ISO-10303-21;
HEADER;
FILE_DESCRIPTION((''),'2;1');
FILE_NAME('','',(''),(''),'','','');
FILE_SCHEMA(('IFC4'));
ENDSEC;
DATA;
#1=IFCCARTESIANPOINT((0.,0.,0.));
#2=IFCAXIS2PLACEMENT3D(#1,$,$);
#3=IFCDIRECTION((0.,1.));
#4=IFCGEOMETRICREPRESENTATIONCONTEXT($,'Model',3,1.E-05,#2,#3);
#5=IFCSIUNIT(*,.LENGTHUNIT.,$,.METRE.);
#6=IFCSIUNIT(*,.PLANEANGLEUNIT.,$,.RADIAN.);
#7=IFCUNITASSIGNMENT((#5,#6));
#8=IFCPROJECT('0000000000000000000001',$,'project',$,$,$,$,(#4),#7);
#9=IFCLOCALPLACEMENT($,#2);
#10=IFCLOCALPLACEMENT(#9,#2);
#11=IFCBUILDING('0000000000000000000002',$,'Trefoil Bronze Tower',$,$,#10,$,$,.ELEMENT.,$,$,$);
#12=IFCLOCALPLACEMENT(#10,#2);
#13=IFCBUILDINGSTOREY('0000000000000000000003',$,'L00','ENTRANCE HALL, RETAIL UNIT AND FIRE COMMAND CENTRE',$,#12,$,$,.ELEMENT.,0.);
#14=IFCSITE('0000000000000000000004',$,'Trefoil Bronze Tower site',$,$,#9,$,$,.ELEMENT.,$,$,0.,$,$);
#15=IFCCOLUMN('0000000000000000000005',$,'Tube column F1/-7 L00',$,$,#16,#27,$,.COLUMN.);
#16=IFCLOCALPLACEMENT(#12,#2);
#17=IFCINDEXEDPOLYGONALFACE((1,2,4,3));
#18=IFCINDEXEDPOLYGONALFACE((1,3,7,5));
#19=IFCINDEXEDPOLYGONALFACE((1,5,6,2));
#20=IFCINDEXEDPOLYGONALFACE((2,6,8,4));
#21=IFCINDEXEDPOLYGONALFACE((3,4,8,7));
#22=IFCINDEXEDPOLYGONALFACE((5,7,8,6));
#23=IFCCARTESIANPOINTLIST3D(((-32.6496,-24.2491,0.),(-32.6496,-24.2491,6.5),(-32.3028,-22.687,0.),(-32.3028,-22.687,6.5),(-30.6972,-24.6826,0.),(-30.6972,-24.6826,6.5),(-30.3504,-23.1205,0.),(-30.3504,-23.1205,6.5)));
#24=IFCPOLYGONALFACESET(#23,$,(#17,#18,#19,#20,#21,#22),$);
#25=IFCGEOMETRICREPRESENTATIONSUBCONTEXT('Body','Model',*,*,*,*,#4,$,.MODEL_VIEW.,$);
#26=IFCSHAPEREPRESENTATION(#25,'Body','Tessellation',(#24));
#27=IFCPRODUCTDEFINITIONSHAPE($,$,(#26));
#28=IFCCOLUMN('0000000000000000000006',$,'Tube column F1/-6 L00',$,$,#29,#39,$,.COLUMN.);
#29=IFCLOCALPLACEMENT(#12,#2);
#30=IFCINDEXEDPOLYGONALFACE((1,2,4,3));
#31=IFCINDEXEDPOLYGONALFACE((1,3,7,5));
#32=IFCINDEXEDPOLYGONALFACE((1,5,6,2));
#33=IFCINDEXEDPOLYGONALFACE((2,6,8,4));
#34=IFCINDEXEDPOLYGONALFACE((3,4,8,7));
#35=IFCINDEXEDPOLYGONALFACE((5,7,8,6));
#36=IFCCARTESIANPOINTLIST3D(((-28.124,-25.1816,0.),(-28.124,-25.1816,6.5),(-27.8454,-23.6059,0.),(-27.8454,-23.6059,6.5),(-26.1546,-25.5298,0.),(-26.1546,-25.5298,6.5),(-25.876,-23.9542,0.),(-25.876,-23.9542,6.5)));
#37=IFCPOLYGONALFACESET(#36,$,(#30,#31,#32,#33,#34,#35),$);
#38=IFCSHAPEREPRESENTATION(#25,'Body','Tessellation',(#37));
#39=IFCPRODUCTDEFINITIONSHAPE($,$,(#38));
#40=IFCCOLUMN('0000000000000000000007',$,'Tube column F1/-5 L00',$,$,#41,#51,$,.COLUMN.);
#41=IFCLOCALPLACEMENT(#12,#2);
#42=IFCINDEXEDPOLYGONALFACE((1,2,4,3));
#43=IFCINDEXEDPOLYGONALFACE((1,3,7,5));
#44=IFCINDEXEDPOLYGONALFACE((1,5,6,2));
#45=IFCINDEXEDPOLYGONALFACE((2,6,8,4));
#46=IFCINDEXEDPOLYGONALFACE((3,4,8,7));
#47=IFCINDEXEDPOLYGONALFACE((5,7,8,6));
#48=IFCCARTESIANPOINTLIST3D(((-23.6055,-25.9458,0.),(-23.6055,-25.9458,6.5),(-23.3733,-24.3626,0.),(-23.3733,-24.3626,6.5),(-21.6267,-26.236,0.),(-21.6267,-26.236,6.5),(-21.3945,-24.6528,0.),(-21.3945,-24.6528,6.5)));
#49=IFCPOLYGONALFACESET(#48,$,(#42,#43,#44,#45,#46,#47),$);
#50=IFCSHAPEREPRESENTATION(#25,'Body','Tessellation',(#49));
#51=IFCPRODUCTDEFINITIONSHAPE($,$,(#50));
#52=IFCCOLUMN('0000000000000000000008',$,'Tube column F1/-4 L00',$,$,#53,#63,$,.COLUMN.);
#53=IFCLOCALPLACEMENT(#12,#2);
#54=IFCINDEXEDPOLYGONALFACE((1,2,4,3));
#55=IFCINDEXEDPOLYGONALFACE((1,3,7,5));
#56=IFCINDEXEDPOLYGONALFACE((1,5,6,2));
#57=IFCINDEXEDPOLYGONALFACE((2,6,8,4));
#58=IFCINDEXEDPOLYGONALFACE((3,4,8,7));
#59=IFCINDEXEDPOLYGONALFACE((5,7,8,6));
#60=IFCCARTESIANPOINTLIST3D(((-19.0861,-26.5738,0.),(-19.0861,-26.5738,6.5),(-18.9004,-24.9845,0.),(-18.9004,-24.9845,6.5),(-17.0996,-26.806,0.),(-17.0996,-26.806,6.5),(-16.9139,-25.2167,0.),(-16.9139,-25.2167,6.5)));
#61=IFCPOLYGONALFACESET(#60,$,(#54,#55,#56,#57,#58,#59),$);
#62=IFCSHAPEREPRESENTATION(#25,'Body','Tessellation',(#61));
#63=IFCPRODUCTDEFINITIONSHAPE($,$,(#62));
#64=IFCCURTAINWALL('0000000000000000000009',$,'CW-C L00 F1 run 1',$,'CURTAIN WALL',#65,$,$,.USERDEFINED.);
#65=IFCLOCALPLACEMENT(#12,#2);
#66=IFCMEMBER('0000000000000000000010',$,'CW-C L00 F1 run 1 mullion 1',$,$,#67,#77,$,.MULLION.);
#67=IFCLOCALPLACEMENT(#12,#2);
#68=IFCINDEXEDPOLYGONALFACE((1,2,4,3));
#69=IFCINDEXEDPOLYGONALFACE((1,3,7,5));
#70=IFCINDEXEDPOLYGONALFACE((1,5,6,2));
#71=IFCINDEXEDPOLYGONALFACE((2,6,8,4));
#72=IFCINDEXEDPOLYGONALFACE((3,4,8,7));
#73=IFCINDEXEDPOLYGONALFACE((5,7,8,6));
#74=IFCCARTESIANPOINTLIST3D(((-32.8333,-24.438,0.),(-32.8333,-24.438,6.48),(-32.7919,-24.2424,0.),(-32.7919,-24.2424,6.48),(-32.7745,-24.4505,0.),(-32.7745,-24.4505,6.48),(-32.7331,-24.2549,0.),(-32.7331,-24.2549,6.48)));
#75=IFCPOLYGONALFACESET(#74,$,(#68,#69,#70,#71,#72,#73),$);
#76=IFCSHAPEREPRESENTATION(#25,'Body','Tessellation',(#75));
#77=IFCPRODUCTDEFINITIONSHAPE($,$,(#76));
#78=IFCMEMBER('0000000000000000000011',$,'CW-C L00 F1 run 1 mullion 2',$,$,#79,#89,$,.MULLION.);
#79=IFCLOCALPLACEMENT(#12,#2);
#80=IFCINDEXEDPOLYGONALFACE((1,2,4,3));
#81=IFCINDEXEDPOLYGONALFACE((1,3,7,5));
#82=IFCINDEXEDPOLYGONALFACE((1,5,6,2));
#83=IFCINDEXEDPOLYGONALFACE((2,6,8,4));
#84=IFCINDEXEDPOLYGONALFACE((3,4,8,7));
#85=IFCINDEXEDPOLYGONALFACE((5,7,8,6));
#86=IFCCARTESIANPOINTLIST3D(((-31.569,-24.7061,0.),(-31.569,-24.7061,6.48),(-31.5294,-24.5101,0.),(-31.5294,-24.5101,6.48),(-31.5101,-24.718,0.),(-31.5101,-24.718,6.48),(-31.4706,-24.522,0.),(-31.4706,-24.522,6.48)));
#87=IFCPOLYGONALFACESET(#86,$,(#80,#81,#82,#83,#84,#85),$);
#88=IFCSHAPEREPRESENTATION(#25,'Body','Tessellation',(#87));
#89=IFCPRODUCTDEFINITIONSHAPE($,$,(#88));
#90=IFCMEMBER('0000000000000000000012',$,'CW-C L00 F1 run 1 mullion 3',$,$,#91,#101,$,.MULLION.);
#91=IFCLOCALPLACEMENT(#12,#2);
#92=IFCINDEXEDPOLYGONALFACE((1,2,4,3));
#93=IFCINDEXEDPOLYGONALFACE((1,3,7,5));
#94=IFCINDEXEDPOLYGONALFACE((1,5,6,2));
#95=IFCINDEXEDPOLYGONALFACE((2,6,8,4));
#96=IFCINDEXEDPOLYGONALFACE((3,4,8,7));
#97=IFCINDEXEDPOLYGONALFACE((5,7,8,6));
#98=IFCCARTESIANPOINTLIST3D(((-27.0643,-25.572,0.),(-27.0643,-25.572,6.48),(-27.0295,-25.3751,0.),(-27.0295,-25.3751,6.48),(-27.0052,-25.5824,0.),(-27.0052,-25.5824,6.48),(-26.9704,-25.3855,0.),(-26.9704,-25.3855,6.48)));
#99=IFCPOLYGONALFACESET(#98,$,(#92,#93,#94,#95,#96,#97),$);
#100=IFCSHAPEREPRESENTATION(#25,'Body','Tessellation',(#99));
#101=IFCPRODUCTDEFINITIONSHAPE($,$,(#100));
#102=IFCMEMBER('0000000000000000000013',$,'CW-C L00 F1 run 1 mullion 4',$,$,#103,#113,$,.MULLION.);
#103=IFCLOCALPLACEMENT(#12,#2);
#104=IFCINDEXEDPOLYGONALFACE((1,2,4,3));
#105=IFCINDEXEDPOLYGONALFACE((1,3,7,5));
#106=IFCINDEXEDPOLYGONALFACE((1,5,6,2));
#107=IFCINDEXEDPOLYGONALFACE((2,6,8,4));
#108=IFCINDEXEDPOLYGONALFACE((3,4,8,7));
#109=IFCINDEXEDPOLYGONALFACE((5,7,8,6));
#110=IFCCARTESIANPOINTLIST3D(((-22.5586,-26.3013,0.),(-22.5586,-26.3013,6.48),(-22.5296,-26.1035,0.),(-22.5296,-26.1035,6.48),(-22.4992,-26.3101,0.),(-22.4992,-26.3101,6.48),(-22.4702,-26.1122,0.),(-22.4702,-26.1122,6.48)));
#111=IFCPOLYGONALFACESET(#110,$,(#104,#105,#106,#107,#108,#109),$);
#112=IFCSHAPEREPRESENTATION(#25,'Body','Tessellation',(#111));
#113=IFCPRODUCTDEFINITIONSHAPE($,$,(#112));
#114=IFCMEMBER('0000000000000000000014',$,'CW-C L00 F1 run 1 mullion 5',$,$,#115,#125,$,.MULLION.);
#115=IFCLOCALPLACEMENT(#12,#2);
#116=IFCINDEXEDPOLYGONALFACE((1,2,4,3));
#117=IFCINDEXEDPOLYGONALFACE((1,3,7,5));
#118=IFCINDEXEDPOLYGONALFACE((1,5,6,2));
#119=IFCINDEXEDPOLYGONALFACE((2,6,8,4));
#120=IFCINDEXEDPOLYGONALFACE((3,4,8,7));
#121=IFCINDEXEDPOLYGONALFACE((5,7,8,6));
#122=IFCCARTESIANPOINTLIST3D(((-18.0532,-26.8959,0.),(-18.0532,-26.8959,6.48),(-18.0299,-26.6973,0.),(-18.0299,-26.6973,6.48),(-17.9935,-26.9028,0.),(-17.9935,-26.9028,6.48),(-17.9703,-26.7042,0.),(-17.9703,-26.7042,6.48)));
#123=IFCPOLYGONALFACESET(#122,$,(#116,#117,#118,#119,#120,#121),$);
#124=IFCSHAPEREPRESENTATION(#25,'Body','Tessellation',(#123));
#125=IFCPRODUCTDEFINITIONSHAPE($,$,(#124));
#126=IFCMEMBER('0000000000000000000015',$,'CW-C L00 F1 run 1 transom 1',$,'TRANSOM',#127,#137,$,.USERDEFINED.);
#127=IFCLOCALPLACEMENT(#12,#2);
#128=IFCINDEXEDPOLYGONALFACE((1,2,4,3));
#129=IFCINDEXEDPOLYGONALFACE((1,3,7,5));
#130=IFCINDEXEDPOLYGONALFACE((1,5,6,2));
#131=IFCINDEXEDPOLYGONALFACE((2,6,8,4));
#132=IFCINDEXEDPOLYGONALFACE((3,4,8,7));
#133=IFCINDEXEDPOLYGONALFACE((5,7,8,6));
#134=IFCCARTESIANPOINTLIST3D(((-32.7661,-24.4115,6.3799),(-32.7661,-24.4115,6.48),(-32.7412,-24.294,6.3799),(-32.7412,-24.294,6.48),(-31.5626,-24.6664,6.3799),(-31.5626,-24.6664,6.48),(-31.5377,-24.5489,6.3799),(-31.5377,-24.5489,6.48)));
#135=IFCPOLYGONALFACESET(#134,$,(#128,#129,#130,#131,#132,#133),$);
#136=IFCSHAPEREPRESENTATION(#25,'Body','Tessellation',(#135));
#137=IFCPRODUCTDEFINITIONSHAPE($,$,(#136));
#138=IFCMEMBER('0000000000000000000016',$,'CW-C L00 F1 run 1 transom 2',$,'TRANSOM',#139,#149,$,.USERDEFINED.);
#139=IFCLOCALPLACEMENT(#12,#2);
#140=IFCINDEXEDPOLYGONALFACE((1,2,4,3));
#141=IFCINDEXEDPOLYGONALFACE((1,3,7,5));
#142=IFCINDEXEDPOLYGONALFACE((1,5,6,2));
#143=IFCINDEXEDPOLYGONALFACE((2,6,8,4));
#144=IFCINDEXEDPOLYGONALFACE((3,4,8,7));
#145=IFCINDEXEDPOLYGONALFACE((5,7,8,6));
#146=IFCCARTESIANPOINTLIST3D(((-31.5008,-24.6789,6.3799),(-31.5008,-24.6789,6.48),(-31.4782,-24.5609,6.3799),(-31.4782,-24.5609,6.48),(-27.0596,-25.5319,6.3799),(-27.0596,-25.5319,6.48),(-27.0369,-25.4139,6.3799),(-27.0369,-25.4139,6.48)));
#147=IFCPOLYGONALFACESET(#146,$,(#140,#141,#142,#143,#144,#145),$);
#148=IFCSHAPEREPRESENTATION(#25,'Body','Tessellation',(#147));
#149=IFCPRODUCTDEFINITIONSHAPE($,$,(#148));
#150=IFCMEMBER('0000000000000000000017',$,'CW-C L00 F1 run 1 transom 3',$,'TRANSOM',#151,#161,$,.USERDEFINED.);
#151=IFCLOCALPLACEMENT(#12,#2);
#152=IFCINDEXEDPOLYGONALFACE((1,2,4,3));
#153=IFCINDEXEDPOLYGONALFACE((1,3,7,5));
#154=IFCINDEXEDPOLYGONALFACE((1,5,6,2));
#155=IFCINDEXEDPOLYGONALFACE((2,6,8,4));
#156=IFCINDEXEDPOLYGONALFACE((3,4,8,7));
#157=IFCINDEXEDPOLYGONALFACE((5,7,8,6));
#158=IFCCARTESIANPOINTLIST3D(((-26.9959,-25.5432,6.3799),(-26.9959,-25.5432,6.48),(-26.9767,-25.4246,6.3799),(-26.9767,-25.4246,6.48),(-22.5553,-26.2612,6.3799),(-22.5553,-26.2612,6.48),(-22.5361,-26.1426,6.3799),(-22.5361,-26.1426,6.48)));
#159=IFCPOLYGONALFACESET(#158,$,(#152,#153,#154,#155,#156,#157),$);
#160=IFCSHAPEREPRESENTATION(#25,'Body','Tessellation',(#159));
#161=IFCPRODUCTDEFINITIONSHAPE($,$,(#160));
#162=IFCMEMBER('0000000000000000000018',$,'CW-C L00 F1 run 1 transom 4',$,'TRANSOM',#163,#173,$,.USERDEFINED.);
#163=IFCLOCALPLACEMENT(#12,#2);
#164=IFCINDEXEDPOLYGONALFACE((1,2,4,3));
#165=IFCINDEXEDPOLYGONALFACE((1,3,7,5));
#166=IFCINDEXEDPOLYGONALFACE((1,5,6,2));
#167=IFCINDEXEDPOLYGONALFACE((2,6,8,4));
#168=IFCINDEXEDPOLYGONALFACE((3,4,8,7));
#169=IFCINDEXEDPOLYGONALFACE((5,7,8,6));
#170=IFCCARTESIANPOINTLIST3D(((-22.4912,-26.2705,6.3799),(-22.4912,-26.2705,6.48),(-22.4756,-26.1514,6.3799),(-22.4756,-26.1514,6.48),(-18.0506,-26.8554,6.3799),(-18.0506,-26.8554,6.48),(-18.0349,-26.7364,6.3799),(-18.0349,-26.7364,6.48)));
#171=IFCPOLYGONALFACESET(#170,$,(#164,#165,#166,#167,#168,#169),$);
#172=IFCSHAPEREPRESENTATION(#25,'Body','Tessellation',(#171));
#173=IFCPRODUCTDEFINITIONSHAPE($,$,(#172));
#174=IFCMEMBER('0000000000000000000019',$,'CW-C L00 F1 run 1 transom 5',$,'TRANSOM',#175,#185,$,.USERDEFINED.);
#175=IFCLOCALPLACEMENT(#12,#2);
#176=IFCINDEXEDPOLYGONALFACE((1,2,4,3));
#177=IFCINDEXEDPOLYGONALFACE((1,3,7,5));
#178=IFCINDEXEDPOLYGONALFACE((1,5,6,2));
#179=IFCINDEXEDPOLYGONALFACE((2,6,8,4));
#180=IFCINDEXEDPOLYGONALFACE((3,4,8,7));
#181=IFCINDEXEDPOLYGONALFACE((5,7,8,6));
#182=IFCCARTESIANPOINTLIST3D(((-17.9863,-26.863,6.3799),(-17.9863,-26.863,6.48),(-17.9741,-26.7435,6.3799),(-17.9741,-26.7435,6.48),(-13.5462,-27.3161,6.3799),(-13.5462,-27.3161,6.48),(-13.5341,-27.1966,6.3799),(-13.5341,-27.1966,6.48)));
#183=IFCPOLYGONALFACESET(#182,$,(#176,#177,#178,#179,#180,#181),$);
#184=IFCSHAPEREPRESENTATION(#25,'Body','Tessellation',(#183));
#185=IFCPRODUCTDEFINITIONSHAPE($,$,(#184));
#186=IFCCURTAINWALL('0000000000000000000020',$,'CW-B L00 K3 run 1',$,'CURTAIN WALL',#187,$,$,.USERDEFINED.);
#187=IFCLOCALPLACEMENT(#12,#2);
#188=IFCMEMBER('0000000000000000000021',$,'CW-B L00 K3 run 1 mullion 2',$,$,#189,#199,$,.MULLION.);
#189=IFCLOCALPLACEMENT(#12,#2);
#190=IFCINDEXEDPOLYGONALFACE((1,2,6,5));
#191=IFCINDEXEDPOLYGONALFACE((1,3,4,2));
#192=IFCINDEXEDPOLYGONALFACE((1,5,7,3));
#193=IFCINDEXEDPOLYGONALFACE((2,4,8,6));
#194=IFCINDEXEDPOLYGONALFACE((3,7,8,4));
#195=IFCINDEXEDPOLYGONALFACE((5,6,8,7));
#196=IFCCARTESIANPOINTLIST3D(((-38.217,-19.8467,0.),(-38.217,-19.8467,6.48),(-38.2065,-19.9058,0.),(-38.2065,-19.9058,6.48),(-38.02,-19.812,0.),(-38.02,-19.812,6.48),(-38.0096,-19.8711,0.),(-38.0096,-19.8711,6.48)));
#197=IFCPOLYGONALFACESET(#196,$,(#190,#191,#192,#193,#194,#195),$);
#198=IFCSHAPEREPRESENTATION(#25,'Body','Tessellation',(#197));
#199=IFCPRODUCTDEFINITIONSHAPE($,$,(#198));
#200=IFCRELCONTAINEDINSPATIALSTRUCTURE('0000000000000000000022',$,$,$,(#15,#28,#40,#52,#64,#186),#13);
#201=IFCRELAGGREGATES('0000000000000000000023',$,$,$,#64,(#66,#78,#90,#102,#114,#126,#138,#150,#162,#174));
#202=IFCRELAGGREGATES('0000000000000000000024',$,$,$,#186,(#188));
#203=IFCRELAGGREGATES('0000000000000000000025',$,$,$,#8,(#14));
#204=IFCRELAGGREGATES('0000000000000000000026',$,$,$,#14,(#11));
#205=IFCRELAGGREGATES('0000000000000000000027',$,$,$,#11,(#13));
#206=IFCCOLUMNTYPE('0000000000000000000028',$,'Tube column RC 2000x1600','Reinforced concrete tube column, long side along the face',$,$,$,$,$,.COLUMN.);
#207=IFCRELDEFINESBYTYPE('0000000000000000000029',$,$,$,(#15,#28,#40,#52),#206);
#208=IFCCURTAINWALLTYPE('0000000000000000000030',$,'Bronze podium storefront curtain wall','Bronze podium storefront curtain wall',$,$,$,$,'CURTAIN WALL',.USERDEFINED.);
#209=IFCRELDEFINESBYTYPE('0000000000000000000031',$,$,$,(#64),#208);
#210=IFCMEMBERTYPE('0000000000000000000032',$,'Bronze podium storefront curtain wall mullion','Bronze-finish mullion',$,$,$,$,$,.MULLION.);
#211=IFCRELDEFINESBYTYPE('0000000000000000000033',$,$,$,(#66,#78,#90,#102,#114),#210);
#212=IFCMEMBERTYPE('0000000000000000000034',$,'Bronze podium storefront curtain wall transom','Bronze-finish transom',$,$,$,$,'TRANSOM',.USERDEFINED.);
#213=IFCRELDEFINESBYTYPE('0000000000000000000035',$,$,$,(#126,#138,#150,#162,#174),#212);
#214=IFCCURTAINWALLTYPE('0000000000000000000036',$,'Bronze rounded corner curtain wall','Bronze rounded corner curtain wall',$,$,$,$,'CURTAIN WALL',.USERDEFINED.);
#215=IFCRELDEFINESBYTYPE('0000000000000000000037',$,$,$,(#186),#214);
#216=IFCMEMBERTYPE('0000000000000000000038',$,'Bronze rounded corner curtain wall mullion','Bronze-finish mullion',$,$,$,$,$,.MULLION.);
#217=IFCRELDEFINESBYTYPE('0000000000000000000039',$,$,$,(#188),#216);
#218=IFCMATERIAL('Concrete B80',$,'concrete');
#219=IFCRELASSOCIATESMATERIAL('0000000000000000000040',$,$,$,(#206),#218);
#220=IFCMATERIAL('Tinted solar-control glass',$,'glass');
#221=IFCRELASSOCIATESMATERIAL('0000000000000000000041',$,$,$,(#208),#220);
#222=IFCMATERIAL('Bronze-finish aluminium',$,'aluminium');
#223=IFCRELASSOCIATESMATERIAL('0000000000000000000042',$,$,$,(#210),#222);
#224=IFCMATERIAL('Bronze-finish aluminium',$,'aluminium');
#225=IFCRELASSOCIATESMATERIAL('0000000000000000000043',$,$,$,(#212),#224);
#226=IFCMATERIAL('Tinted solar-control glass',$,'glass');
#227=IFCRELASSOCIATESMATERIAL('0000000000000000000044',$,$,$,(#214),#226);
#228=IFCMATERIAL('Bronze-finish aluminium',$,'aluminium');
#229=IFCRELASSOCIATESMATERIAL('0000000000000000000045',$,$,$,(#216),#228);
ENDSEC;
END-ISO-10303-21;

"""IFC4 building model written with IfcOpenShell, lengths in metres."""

from ifc_helpers import new_model, si_unit, direction, frame, origin, origin_2d, place, context, subcontext, project, spatial, rectangle, extrude, material, material_profile, profile_set, type_object, element, aggregate, save


model = new_model("IFC4")

# Units and contexts
model_context = context("Model", 3, precision=1e-05, world=origin(), true_north=direction((0.0, 1.0)))
body_context = subcontext(model_context, "Body", "Model", "MODEL_VIEW")
ifc_project = project(units=[si_unit("LENGTHUNIT", "METRE"), si_unit("PLANEANGLEUNIT", "RADIAN")], contexts=[model_context])

# Site, building, storey
site_placement = place(None, origin())
site = spatial("IfcSite", under=ifc_project, at=site_placement, Name="Trefoil Bronze Tower site", CompositionType="ELEMENT", RefElevation=0.0)
building_placement = place(site_placement, origin())
building = spatial("IfcBuilding", under=site, at=building_placement, Name="Trefoil Bronze Tower", CompositionType="ELEMENT")
storey_placement = place(building_placement, origin())
storey = spatial("IfcBuildingStorey", under=building, at=storey_placement, Name="L00", Description="ENTRANCE HALL, RETAIL UNIT AND FIRE COMMAND CENTRE", CompositionType="ELEMENT", Elevation=0.0)

# Columns
ifc_material_1 = material(Name="Concrete B80", Category="concrete")
ifc_material_profile_1 = material_profile(ifc_material_1, rectangle(XDim=2.0, YDim=1.6001, at=origin_2d()), Name="RC 2000x1600")
ifc_profile_set_1 = profile_set([ifc_material_profile_1], Name="Concrete B80")
column_type = type_object("IfcColumnType", Name="Tube column RC 2000x1600", Description="Reinforced concrete tube column, long side along the face", PredefinedType="COLUMN", material=ifc_profile_set_1)
for number, where, z_axis, x_axis, name in (
    (1, (-31.5, -23.6848, 0.0), (0.0, 0.0, 1.0), (0.97623, -0.216739, 0.0), "Tube column F1/-7 L00"),
    (2, (-27.0, -24.5679, 0.0), (0.0, 0.0, 1.0), (0.984722, -0.174131, 0.0), "Tube column F1/-6 L00"),
    (3, (-22.5, -25.2993, 0.0), (0.0, 0.0, 1.0), (0.989416, -0.145109, 0.0), "Tube column F1/-5 L00"),
    (4, (-18.0, -25.8953, 0.0), (0.0, 0.0, 1.0), (0.993239, -0.116087, 0.0), "Tube column F1/-4 L00"),
):
    element("IfcColumn", number, at=place(storey_placement, frame(where, z_axis=z_axis, x_axis=x_axis)), inside=storey, type_object=column_type, Name=name, PredefinedType="COLUMN", context=body_context, shape_type="SweptSolid", body=[
        extrude(rectangle(XDim=2.0, YDim=1.6001, at=origin_2d()), origin(), (0.0, 0.0, 1.0), 6.5),
    ])

# Curtain walls, members
ifc_material_2 = material(Name="Tinted solar-control glass", Category="glass")
curtain_wall_type_1 = type_object("IfcCurtainWallType", Name="Bronze podium storefront curtain wall", Description="Bronze podium storefront curtain wall", ElementType="CURTAIN WALL", PredefinedType="USERDEFINED", material=ifc_material_2)
curtain_wall_1_placement = place(storey_placement, origin())
curtain_wall_1 = element("IfcCurtainWall", 5, at=curtain_wall_1_placement, inside=storey, type_object=curtain_wall_type_1, Name="CW-C L00 F1 run 1", ObjectType="CURTAIN WALL", PredefinedType="USERDEFINED")
ifc_material_3 = material(Name="Bronze-finish aluminium", Category="aluminium")
ifc_material_profile_2 = material_profile(ifc_material_3, rectangle(XDim=0.2, YDim=0.0601, at=origin_2d()), Name="CW-C mullion")
ifc_profile_set_2 = profile_set([ifc_material_profile_2], Name="Bronze-finish aluminium")
member_type_1 = type_object("IfcMemberType", Name="Bronze podium storefront curtain wall mullion", Description="Bronze-finish mullion", PredefinedType="MULLION", material=ifc_profile_set_2)
member_1_placement = place(storey_placement, frame((-32.7832, -24.3464, 0.0), z_axis=(0.0, 0.0, 1.0), x_axis=(0.207181, 0.978303, 0.0)))
member_1 = element("IfcMember", 6, at=member_1_placement, type_object=member_type_1, Name="CW-C L00 F1 run 1 mullion 1", PredefinedType="MULLION", context=body_context, shape_type="SweptSolid", body=[
    extrude(rectangle(XDim=0.2, YDim=0.0601, at=origin_2d()), origin(), (0.0, 0.0, 1.0), 6.48),
])
member_2_placement = place(storey_placement, frame((-31.5198, -24.614, 0.0), z_axis=(0.0, 0.0, 1.0), x_axis=(0.19791, 0.98022, 0.0)))
member_2 = element("IfcMember", 7, at=member_2_placement, type_object=member_type_1, Name="CW-C L00 F1 run 1 mullion 2", PredefinedType="MULLION", context=body_context, shape_type="SweptSolid", body=[
    extrude(rectangle(XDim=0.2, YDim=0.0601, at=origin_2d()), origin(), (0.0, 0.0, 1.0), 6.48),
])
member_3_placement = place(storey_placement, frame((-27.0173, -25.4788, 0.0), z_axis=(0.0, 0.0, 1.0), x_axis=(0.174131, 0.984722, 0.0)))
member_3 = element("IfcMember", 8, at=member_3_placement, type_object=member_type_1, Name="CW-C L00 F1 run 1 mullion 3", PredefinedType="MULLION", context=body_context, shape_type="SweptSolid", body=[
    extrude(rectangle(XDim=0.2, YDim=0.0601, at=origin_2d()), origin(), (0.0, 0.0, 1.0), 6.48),
])
member_4_placement = place(storey_placement, frame((-22.5144, -26.2068, 0.0), z_axis=(0.0, 0.0, 1.0), x_axis=(0.145109, 0.989416, 0.0)))
member_4 = element("IfcMember", 9, at=member_4_placement, type_object=member_type_1, Name="CW-C L00 F1 run 1 mullion 4", PredefinedType="MULLION", context=body_context, shape_type="SweptSolid", body=[
    extrude(rectangle(XDim=0.2, YDim=0.0601, at=origin_2d()), origin(), (0.0, 0.0, 1.0), 6.48),
])
member_5_placement = place(storey_placement, frame((-18.0117, -26.8, 0.0), z_axis=(0.0, 0.0, 1.0), x_axis=(0.116087, 0.993239, 0.0)))
member_5 = element("IfcMember", 10, at=member_5_placement, type_object=member_type_1, Name="CW-C L00 F1 run 1 mullion 5", PredefinedType="MULLION", context=body_context, shape_type="SweptSolid", body=[
    extrude(rectangle(XDim=0.2, YDim=0.0601, at=origin_2d()), origin(), (0.0, 0.0, 1.0), 6.48),
])
ifc_material_4 = material(Name="Bronze-finish aluminium", Category="aluminium")
ifc_material_profile_3 = material_profile(ifc_material_4, rectangle(XDim=0.1201, YDim=0.1001, at=origin_2d()), Name="CW-C transom")
ifc_profile_set_3 = profile_set([ifc_material_profile_3], Name="Bronze-finish aluminium")
member_type_2 = type_object("IfcMemberType", Name="Bronze podium storefront curtain wall transom", Description="Bronze-finish transom", ElementType="TRANSOM", PredefinedType="USERDEFINED", material=ifc_profile_set_3)
member_6_placement = place(storey_placement, frame((-32.7537, -24.3528, 6.4299), z_axis=(0.978305, -0.20717, 0.0), x_axis=(0.20717, 0.978305, 0.0)))
member_6 = element("IfcMember", 11, at=member_6_placement, type_object=member_type_2, Name="CW-C L00 F1 run 1 transom 1", ObjectType="TRANSOM", PredefinedType="USERDEFINED", context=body_context, shape_type="SweptSolid", body=[
    extrude(rectangle(XDim=0.1201, YDim=0.1001, at=origin_2d()), origin(), (0.0, 0.0, 1.0), 1.2302),
])
member_7_placement = place(storey_placement, frame((-31.4895, -24.6199, 6.4299), z_axis=(0.982049, -0.188625, 0.0), x_axis=(0.188625, 0.982049, 0.0)))
member_7 = element("IfcMember", 12, at=member_7_placement, type_object=member_type_2, Name="CW-C L00 F1 run 1 transom 2", ObjectType="TRANSOM", PredefinedType="USERDEFINED", context=body_context, shape_type="SweptSolid", body=[
    extrude(rectangle(XDim=0.1201, YDim=0.1001, at=origin_2d()), origin(), (0.0, 0.0, 1.0), 4.5225),
])
member_8_placement = place(storey_placement, frame((-26.9863, -25.4839, 6.4299), z_axis=(0.987179, -0.159618, 0.0), x_axis=(0.159618, 0.987179, 0.0)))
member_8 = element("IfcMember", 13, at=member_8_placement, type_object=member_type_2, Name="CW-C L00 F1 run 1 transom 3", ObjectType="TRANSOM", PredefinedType="USERDEFINED", context=body_context, shape_type="SweptSolid", body=[
    extrude(rectangle(XDim=0.1201, YDim=0.1001, at=origin_2d()), origin(), (0.0, 0.0, 1.0), 4.4983),
])
member_9_placement = place(storey_placement, frame((-22.4834, -26.2109, 6.4299), z_axis=(0.991435, -0.1306, 0.0), x_axis=(0.1306, 0.991435, 0.0)))
member_9 = element("IfcMember", 14, at=member_9_placement, type_object=member_type_2, Name="CW-C L00 F1 run 1 transom 4", ObjectType="TRANSOM", PredefinedType="USERDEFINED", context=body_context, shape_type="SweptSolid", body=[
    extrude(rectangle(XDim=0.1201, YDim=0.1001, at=origin_2d()), origin(), (0.0, 0.0, 1.0), 4.479),
])
member_10_placement = place(storey_placement, frame((-17.9802, -26.8032, 6.4299), z_axis=(0.994833, -0.101524, 0.0), x_axis=(0.101524, 0.994833, 0.0)))
member_10 = element("IfcMember", 15, at=member_10_placement, type_object=member_type_2, Name="CW-C L00 F1 run 1 transom 5", ObjectType="TRANSOM", PredefinedType="USERDEFINED", context=body_context, shape_type="SweptSolid", body=[
    extrude(rectangle(XDim=0.1201, YDim=0.1001, at=origin_2d()), origin(), (0.0, 0.0, 1.0), 4.4631),
])
ifc_material_5 = material(Name="Tinted solar-control glass", Category="glass")
curtain_wall_type_2 = type_object("IfcCurtainWallType", Name="Bronze rounded corner curtain wall", Description="Bronze rounded corner curtain wall", ElementType="CURTAIN WALL", PredefinedType="USERDEFINED", material=ifc_material_5)
curtain_wall_2_placement = place(storey_placement, origin())
curtain_wall_2 = element("IfcCurtainWall", 16, at=curtain_wall_2_placement, inside=storey, type_object=curtain_wall_type_2, Name="CW-B L00 K3 run 1", ObjectType="CURTAIN WALL", PredefinedType="USERDEFINED")
ifc_material_6 = material(Name="Bronze-finish aluminium", Category="aluminium")
ifc_material_profile_4 = material_profile(ifc_material_6, rectangle(XDim=0.2, YDim=0.0601, at=origin_2d()), Name="CW-B mullion")
ifc_profile_set_4 = profile_set([ifc_material_profile_4], Name="Bronze-finish aluminium")
member_type_3 = type_object("IfcMemberType", Name="Bronze rounded corner curtain wall mullion", Description="Bronze-finish mullion", PredefinedType="MULLION", material=ifc_profile_set_4)
member_11_placement = place(storey_placement, frame((-38.1133, -19.8589, 0.0), z_axis=(0.0, 0.0, 1.0), x_axis=(0.984808, 0.173648, 0.0)))
member_11 = element("IfcMember", 17, at=member_11_placement, type_object=member_type_3, Name="CW-B L00 K3 run 1 mullion 2", PredefinedType="MULLION", context=body_context, shape_type="SweptSolid", body=[
    extrude(rectangle(XDim=0.2, YDim=0.0601, at=origin_2d()), origin(), (0.0, 0.0, 1.0), 6.48),
])

aggregate(curtain_wall_1, [member_1, member_2, member_3, member_4, member_5, member_6, member_7, member_8, member_9, member_10])
aggregate(curtain_wall_2, [member_11])

save(model, "model.ifc")
